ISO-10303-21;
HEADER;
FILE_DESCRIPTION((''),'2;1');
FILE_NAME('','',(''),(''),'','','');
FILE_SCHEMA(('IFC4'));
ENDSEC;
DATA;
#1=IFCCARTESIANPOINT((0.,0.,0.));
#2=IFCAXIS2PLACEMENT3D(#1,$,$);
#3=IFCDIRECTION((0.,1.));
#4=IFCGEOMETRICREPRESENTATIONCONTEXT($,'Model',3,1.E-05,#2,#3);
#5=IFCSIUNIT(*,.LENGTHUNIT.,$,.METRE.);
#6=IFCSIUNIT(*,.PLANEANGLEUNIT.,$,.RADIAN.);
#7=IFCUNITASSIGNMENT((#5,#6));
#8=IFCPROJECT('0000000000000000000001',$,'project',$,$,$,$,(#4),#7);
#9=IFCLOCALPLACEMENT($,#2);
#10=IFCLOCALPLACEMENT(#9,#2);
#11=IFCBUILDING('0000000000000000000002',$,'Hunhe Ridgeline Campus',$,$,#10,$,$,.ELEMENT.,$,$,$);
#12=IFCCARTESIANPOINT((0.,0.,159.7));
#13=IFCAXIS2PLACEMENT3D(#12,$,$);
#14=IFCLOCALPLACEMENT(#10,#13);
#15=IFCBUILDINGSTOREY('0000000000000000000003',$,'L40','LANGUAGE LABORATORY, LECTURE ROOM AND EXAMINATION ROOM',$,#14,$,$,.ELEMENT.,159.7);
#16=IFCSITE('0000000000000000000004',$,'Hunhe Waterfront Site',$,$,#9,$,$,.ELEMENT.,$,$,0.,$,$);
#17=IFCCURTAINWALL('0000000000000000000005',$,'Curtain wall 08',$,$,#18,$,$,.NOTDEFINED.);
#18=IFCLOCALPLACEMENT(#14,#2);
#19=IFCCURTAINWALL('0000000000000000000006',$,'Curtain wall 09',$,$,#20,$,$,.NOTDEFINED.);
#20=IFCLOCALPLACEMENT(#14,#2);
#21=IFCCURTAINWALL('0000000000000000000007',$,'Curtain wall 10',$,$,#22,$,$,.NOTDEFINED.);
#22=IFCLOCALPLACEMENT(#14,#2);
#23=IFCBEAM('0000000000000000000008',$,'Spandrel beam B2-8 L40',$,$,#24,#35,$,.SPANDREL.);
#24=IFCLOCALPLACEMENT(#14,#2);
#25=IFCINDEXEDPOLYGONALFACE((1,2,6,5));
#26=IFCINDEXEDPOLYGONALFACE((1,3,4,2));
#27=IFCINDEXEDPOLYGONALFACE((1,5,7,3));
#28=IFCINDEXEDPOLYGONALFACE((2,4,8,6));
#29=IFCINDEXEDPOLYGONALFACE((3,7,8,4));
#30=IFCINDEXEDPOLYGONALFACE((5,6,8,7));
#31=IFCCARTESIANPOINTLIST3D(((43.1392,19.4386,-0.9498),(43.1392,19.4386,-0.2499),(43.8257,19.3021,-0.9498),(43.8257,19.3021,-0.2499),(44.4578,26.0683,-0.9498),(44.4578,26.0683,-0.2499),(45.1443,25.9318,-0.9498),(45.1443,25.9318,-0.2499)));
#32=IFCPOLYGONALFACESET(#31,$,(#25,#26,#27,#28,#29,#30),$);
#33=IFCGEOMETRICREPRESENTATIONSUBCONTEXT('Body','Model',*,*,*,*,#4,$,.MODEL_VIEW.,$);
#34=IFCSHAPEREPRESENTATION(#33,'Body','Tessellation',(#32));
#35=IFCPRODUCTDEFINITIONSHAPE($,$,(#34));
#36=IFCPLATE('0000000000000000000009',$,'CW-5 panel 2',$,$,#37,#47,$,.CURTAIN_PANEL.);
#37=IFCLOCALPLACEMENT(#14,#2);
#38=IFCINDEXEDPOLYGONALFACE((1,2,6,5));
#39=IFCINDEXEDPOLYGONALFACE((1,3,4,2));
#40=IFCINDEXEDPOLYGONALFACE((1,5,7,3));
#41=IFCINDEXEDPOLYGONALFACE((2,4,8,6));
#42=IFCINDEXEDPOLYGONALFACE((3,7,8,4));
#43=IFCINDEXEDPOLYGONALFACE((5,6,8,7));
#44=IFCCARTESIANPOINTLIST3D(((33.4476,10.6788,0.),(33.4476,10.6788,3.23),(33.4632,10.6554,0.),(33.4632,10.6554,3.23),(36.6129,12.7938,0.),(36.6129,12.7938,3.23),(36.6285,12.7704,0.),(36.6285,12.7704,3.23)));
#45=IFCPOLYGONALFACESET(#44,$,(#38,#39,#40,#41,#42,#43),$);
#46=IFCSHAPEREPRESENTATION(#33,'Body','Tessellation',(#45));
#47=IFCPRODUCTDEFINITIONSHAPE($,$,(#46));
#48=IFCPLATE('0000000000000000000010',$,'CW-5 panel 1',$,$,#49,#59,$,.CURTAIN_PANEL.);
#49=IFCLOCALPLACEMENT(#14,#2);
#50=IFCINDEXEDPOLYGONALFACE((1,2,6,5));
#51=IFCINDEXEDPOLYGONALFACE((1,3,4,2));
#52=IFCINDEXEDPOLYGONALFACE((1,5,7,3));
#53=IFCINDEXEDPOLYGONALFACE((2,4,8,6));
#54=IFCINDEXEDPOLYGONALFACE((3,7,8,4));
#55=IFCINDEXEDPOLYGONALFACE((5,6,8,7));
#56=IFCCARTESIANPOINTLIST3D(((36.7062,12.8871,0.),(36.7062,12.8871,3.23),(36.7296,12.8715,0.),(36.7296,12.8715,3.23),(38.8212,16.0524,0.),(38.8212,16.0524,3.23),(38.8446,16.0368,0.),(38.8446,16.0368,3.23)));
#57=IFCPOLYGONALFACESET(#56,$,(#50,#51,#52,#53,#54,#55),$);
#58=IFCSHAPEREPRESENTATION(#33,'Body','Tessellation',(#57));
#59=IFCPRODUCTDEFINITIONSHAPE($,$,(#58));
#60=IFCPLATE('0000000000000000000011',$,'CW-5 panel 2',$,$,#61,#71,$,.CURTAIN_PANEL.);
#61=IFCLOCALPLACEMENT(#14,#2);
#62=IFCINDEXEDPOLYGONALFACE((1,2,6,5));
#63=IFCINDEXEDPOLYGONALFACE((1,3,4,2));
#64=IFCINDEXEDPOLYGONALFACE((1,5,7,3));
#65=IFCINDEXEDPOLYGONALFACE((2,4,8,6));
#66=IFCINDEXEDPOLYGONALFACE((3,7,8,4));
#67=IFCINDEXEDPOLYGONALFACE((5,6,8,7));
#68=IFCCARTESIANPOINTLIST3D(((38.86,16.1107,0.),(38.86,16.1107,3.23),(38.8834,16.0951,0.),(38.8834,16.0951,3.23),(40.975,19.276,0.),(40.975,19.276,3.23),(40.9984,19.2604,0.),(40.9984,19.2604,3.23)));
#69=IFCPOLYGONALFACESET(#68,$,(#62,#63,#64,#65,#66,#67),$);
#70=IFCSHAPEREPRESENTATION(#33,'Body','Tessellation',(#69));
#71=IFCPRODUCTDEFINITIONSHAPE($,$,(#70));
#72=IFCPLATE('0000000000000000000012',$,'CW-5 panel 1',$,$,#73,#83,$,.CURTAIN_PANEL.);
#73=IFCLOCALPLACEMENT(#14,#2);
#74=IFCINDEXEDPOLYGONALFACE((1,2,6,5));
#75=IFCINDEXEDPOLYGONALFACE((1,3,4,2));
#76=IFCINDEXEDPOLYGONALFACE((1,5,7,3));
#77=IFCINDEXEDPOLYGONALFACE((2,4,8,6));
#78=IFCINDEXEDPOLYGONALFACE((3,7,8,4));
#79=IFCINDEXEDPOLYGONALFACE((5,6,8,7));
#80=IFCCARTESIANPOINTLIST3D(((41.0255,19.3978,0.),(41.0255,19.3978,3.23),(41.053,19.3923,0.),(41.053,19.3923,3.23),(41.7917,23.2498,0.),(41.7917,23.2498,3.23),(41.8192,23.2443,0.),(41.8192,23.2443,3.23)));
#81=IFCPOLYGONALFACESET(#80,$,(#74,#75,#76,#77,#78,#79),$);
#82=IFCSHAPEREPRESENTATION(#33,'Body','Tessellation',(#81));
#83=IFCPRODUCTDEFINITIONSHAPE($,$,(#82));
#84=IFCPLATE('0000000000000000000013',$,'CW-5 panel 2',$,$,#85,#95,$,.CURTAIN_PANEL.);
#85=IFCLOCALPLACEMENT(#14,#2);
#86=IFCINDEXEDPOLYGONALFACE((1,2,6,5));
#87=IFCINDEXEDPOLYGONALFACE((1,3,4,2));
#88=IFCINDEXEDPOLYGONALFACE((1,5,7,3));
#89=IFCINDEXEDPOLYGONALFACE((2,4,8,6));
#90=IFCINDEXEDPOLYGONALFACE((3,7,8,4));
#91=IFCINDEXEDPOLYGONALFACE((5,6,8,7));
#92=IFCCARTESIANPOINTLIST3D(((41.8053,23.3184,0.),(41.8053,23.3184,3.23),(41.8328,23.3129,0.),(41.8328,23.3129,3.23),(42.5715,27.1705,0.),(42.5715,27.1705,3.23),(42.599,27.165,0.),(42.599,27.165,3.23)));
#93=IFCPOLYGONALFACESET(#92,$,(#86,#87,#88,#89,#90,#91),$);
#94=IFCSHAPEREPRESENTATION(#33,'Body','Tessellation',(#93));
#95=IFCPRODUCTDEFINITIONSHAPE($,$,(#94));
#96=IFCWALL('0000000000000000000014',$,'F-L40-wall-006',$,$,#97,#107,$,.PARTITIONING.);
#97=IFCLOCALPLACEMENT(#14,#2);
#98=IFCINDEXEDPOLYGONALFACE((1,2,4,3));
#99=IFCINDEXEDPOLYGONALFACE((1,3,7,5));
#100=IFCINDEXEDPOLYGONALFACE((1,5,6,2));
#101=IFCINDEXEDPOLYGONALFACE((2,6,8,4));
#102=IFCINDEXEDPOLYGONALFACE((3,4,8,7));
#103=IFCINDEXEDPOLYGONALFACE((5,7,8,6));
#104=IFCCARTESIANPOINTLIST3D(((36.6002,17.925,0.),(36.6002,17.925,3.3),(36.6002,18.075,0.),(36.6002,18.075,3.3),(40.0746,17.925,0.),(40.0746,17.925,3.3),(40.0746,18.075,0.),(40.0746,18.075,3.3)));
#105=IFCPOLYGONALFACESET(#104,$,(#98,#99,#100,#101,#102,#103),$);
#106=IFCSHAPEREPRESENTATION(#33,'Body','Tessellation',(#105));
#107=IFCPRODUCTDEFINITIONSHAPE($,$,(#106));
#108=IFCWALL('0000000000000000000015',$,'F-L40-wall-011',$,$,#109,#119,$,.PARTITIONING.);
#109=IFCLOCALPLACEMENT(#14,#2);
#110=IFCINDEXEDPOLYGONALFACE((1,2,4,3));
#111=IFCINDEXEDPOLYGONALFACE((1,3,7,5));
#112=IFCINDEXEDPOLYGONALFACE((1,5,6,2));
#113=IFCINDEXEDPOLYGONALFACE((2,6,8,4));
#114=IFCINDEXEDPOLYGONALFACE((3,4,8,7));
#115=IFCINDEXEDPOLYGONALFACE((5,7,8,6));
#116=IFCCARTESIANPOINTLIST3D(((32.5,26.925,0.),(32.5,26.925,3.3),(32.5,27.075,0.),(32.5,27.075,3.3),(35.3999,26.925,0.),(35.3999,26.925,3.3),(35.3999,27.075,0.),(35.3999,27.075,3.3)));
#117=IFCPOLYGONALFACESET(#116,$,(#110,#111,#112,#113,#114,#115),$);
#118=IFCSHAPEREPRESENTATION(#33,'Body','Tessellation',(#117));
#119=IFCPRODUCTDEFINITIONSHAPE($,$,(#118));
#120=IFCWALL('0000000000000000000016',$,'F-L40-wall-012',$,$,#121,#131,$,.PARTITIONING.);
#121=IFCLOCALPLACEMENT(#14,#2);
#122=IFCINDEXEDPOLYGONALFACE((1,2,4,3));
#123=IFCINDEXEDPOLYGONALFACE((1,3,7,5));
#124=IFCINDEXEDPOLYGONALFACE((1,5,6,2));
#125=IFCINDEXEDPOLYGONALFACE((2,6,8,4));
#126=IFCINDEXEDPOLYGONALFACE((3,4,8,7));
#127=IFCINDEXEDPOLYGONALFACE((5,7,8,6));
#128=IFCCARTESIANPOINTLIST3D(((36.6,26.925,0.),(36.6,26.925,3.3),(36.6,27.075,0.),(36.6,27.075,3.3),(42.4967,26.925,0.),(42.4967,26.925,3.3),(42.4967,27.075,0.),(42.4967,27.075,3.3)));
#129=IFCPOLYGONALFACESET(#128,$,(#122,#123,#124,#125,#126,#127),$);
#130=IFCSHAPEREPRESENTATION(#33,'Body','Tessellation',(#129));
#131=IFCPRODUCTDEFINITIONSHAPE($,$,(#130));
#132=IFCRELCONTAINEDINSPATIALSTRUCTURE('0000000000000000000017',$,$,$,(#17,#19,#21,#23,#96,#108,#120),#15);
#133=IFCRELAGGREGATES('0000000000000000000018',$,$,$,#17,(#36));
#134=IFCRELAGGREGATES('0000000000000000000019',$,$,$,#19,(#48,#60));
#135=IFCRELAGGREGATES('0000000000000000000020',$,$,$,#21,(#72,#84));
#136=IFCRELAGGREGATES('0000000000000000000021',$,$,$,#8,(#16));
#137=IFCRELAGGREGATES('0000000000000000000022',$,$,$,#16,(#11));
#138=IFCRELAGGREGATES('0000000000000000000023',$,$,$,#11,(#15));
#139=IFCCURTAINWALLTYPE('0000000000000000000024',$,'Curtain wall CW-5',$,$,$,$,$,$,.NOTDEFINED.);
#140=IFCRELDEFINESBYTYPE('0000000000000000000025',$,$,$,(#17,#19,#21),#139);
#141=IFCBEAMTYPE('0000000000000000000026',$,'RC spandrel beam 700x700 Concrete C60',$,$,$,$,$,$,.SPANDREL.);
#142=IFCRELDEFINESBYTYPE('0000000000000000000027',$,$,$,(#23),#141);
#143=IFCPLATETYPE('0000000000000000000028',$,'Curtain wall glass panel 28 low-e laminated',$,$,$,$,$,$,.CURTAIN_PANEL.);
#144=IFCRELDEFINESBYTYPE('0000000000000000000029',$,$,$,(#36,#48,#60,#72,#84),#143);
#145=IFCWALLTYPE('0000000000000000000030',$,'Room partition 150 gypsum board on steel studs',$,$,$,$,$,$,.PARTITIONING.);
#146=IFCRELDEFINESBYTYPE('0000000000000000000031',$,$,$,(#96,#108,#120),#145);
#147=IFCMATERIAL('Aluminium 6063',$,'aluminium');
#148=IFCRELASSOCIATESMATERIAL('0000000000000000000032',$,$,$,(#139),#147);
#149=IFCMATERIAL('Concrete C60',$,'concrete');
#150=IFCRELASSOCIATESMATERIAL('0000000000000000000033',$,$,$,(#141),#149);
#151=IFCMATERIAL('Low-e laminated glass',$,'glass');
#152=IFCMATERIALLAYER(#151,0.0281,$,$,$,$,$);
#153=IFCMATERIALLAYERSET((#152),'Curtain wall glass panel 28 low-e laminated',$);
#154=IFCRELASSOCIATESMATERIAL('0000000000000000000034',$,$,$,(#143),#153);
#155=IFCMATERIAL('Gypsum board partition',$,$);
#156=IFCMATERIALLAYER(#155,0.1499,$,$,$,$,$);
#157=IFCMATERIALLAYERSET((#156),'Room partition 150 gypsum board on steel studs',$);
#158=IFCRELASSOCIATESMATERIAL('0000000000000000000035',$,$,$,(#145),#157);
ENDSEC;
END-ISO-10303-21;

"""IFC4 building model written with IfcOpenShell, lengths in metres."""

from ifc_helpers import new_model, si_unit, direction, frame, frame_2d, origin, origin_2d, place, context, subcontext, project, spatial, rectangle, extrude, material, layer, layer_set, material_profile, profile_set, type_object, element, aggregate, save


model = new_model("IFC4")

# Units and contexts
model_context = context("Model", 3, precision=1e-05, world=origin(), true_north=direction((0.0, 1.0)))
body_context = subcontext(model_context, "Body", "Model", "MODEL_VIEW")
ifc_project = project(units=[si_unit("LENGTHUNIT", "METRE"), si_unit("PLANEANGLEUNIT", "RADIAN")], contexts=[model_context])

# Site, building, storey
site_placement = place(None, origin())
site = spatial("IfcSite", under=ifc_project, at=site_placement, Name="Hunhe Waterfront Site", CompositionType="ELEMENT", RefElevation=0.0)
building_placement = place(site_placement, origin())
building = spatial("IfcBuilding", under=site, at=building_placement, Name="Hunhe Ridgeline Campus", CompositionType="ELEMENT")
storey_placement = place(building_placement, frame((0.0, 0.0, 159.7)))
storey = spatial("IfcBuildingStorey", under=building, at=storey_placement, Name="L40", Description="LANGUAGE LABORATORY, LECTURE ROOM AND EXAMINATION ROOM", CompositionType="ELEMENT", Elevation=159.7)

# Curtain walls
ifc_material_1 = material(Name="Aluminium 6063", Category="aluminium")
curtain_wall_type = type_object("IfcCurtainWallType", Name="Curtain wall CW-5", PredefinedType="NOTDEFINED", material=ifc_material_1)
curtain_wall_1_placement = place(storey_placement, origin())
curtain_wall_1 = element("IfcCurtainWall", 1, at=curtain_wall_1_placement, inside=storey, type_object=curtain_wall_type, Name="Curtain wall 08", PredefinedType="NOTDEFINED")
curtain_wall_2_placement = place(storey_placement, origin())
curtain_wall_2 = element("IfcCurtainWall", 2, at=curtain_wall_2_placement, inside=storey, type_object=curtain_wall_type, Name="Curtain wall 09", PredefinedType="NOTDEFINED")
curtain_wall_3_placement = place(storey_placement, origin())
curtain_wall_3 = element("IfcCurtainWall", 3, at=curtain_wall_3_placement, inside=storey, type_object=curtain_wall_type, Name="Curtain wall 10", PredefinedType="NOTDEFINED")

# Beam
ifc_material_2 = material(Name="Concrete C60", Category="concrete")
ifc_material_profile_1 = material_profile(ifc_material_2, rectangle(XDim=0.7, YDim=0.7, at=origin_2d()))
ifc_profile_set_1 = profile_set([ifc_material_profile_1], Name="Concrete C60")
beam_type = type_object("IfcBeamType", Name="RC spandrel beam 700x700 Concrete C60", PredefinedType="SPANDREL", material=ifc_profile_set_1)
beam_1_placement = place(storey_placement, frame((43.4824, 19.3704, -0.5999), z_axis=(0.195074, 0.980788, 0.0), x_axis=(-0.980788, 0.195074, 0.0)))
element("IfcBeam", 4, at=beam_1_placement, inside=storey, type_object=beam_type, Name="Spandrel beam B2-8 L40", PredefinedType="SPANDREL", context=body_context, shape_type="SweptSolid", body=[
    extrude(rectangle(XDim=0.7, YDim=0.7, at=origin_2d()), origin(), (0.0, 0.0, 1.0), 6.7595),
])

# Plates
ifc_material_3 = material(Name="Low-e laminated glass", Category="glass")
ifc_layer_1 = layer(ifc_material_3, 0.0281)
ifc_layer_set_1 = layer_set([ifc_layer_1], Name="Curtain wall glass panel 28 low-e laminated")
plate_type = type_object("IfcPlateType", Name="Curtain wall glass panel 28 low-e laminated", PredefinedType="CURTAIN_PANEL", material=ifc_layer_set_1)
plate_1_placement = place(storey_placement, frame((35.0381, 11.7246, 0.0), z_axis=(0.0, 0.0, 1.0), x_axis=(0.83147, 0.55557, 0.0)))
plate_1 = element("IfcPlate", 5, at=plate_1_placement, type_object=plate_type, Name="CW-5 panel 2", PredefinedType="CURTAIN_PANEL", context=body_context, shape_type="SweptSolid", body=[
    extrude(rectangle(XDim=3.8069, YDim=0.0281, at=origin_2d()), origin(), (0.0, 0.0, 1.0), 3.23),
])
aggregate(curtain_wall_1, [plate_1])
plate_2_placement = place(storey_placement, frame((37.7754, 14.4619, 0.0), z_axis=(0.0, 0.0, 1.0), x_axis=(0.55557, 0.83147, 0.0)))
plate_2 = element("IfcPlate", 6, at=plate_2_placement, type_object=plate_type, Name="CW-5 panel 1", PredefinedType="CURTAIN_PANEL", context=body_context, shape_type="SweptSolid", body=[
    extrude(rectangle(XDim=3.8069, YDim=0.0281, at=origin_2d()), origin(), (0.0, 0.0, 1.0), 3.23),
])
plate_3_placement = place(storey_placement, frame((39.9292, 17.6855, 0.0), z_axis=(0.0, 0.0, 1.0), x_axis=(0.55557, 0.83147, 0.0)))
plate_3 = element("IfcPlate", 7, at=plate_3_placement, type_object=plate_type, Name="CW-5 panel 2", PredefinedType="CURTAIN_PANEL", context=body_context, shape_type="SweptSolid", body=[
    extrude(rectangle(XDim=3.8069, YDim=0.0281, at=origin_2d()), origin(), (0.0, 0.0, 1.0), 3.23),
])
aggregate(curtain_wall_2, [plate_2, plate_3])
plate_4_placement = place(storey_placement, frame((41.4224, 21.321, 0.0), z_axis=(0.0, 0.0, 1.0), x_axis=(0.19509, 0.980785, 0.0)))
plate_4 = element("IfcPlate", 8, at=plate_4_placement, type_object=plate_type, Name="CW-5 panel 1", PredefinedType="CURTAIN_PANEL", context=body_context, shape_type="SweptSolid", body=[
    extrude(rectangle(XDim=3.9275, YDim=0.0281, at=origin_2d()), origin(), (0.0, 0.0, 1.0), 3.23),
])
plate_5_placement = place(storey_placement, frame((42.2021, 25.2417, 0.0), z_axis=(0.0, 0.0, 1.0), x_axis=(0.19509, 0.980785, 0.0)))
plate_5 = element("IfcPlate", 9, at=plate_5_placement, type_object=plate_type, Name="CW-5 panel 2", PredefinedType="CURTAIN_PANEL", context=body_context, shape_type="SweptSolid", body=[
    extrude(rectangle(XDim=3.9275, YDim=0.0281, at=origin_2d()), origin(), (0.0, 0.0, 1.0), 3.23),
])
aggregate(curtain_wall_3, [plate_4, plate_5])

# Walls
ifc_material_4 = material(Name="Gypsum board partition")
ifc_layer_2 = layer(ifc_material_4, 0.1499)
ifc_layer_set_2 = layer_set([ifc_layer_2], Name="Room partition 150 gypsum board on steel studs")
wall_type = type_object("IfcWallType", Name="Room partition 150 gypsum board on steel studs", PredefinedType="PARTITIONING", material=ifc_layer_set_2)
wall_1_placement = place(storey_placement, frame((36.6001, 18.0, 0.0), z_axis=(0.0, 0.0, 1.0), x_axis=(1.0, 0.0, 0.0)))
element("IfcWall", 10, at=wall_1_placement, inside=storey, type_object=wall_type, Name="F-L40-wall-006", PredefinedType="PARTITIONING", context=body_context, shape_type="SweptSolid", body=[
    extrude(rectangle(XDim=3.4744, YDim=0.1499, at=frame_2d((1.7373, 0.0))), origin(), (0.0, 0.0, 1.0), 3.3),
])
wall_2_placement = place(storey_placement, frame((32.5, 27.0, 0.0), z_axis=(0.0, 0.0, 1.0), x_axis=(1.0, 0.0, 0.0)))
element("IfcWall", 11, at=wall_2_placement, inside=storey, type_object=wall_type, Name="F-L40-wall-011", PredefinedType="PARTITIONING", context=body_context, shape_type="SweptSolid", body=[
    extrude(rectangle(XDim=2.8999, YDim=0.1499, at=frame_2d((1.45, 0.0))), origin(), (0.0, 0.0, 1.0), 3.3),
])
wall_3_placement = place(storey_placement, frame((36.6001, 27.0, 0.0), z_axis=(0.0, 0.0, 1.0), x_axis=(1.0, 0.0, 0.0)))
element("IfcWall", 12, at=wall_3_placement, inside=storey, type_object=wall_type, Name="F-L40-wall-012", PredefinedType="PARTITIONING", context=body_context, shape_type="SweptSolid", body=[
    extrude(rectangle(XDim=5.8967, YDim=0.1499, at=frame_2d((2.9482, 0.0))), origin(), (0.0, 0.0, 1.0), 3.3),
])

save(model, "model.ifc")
